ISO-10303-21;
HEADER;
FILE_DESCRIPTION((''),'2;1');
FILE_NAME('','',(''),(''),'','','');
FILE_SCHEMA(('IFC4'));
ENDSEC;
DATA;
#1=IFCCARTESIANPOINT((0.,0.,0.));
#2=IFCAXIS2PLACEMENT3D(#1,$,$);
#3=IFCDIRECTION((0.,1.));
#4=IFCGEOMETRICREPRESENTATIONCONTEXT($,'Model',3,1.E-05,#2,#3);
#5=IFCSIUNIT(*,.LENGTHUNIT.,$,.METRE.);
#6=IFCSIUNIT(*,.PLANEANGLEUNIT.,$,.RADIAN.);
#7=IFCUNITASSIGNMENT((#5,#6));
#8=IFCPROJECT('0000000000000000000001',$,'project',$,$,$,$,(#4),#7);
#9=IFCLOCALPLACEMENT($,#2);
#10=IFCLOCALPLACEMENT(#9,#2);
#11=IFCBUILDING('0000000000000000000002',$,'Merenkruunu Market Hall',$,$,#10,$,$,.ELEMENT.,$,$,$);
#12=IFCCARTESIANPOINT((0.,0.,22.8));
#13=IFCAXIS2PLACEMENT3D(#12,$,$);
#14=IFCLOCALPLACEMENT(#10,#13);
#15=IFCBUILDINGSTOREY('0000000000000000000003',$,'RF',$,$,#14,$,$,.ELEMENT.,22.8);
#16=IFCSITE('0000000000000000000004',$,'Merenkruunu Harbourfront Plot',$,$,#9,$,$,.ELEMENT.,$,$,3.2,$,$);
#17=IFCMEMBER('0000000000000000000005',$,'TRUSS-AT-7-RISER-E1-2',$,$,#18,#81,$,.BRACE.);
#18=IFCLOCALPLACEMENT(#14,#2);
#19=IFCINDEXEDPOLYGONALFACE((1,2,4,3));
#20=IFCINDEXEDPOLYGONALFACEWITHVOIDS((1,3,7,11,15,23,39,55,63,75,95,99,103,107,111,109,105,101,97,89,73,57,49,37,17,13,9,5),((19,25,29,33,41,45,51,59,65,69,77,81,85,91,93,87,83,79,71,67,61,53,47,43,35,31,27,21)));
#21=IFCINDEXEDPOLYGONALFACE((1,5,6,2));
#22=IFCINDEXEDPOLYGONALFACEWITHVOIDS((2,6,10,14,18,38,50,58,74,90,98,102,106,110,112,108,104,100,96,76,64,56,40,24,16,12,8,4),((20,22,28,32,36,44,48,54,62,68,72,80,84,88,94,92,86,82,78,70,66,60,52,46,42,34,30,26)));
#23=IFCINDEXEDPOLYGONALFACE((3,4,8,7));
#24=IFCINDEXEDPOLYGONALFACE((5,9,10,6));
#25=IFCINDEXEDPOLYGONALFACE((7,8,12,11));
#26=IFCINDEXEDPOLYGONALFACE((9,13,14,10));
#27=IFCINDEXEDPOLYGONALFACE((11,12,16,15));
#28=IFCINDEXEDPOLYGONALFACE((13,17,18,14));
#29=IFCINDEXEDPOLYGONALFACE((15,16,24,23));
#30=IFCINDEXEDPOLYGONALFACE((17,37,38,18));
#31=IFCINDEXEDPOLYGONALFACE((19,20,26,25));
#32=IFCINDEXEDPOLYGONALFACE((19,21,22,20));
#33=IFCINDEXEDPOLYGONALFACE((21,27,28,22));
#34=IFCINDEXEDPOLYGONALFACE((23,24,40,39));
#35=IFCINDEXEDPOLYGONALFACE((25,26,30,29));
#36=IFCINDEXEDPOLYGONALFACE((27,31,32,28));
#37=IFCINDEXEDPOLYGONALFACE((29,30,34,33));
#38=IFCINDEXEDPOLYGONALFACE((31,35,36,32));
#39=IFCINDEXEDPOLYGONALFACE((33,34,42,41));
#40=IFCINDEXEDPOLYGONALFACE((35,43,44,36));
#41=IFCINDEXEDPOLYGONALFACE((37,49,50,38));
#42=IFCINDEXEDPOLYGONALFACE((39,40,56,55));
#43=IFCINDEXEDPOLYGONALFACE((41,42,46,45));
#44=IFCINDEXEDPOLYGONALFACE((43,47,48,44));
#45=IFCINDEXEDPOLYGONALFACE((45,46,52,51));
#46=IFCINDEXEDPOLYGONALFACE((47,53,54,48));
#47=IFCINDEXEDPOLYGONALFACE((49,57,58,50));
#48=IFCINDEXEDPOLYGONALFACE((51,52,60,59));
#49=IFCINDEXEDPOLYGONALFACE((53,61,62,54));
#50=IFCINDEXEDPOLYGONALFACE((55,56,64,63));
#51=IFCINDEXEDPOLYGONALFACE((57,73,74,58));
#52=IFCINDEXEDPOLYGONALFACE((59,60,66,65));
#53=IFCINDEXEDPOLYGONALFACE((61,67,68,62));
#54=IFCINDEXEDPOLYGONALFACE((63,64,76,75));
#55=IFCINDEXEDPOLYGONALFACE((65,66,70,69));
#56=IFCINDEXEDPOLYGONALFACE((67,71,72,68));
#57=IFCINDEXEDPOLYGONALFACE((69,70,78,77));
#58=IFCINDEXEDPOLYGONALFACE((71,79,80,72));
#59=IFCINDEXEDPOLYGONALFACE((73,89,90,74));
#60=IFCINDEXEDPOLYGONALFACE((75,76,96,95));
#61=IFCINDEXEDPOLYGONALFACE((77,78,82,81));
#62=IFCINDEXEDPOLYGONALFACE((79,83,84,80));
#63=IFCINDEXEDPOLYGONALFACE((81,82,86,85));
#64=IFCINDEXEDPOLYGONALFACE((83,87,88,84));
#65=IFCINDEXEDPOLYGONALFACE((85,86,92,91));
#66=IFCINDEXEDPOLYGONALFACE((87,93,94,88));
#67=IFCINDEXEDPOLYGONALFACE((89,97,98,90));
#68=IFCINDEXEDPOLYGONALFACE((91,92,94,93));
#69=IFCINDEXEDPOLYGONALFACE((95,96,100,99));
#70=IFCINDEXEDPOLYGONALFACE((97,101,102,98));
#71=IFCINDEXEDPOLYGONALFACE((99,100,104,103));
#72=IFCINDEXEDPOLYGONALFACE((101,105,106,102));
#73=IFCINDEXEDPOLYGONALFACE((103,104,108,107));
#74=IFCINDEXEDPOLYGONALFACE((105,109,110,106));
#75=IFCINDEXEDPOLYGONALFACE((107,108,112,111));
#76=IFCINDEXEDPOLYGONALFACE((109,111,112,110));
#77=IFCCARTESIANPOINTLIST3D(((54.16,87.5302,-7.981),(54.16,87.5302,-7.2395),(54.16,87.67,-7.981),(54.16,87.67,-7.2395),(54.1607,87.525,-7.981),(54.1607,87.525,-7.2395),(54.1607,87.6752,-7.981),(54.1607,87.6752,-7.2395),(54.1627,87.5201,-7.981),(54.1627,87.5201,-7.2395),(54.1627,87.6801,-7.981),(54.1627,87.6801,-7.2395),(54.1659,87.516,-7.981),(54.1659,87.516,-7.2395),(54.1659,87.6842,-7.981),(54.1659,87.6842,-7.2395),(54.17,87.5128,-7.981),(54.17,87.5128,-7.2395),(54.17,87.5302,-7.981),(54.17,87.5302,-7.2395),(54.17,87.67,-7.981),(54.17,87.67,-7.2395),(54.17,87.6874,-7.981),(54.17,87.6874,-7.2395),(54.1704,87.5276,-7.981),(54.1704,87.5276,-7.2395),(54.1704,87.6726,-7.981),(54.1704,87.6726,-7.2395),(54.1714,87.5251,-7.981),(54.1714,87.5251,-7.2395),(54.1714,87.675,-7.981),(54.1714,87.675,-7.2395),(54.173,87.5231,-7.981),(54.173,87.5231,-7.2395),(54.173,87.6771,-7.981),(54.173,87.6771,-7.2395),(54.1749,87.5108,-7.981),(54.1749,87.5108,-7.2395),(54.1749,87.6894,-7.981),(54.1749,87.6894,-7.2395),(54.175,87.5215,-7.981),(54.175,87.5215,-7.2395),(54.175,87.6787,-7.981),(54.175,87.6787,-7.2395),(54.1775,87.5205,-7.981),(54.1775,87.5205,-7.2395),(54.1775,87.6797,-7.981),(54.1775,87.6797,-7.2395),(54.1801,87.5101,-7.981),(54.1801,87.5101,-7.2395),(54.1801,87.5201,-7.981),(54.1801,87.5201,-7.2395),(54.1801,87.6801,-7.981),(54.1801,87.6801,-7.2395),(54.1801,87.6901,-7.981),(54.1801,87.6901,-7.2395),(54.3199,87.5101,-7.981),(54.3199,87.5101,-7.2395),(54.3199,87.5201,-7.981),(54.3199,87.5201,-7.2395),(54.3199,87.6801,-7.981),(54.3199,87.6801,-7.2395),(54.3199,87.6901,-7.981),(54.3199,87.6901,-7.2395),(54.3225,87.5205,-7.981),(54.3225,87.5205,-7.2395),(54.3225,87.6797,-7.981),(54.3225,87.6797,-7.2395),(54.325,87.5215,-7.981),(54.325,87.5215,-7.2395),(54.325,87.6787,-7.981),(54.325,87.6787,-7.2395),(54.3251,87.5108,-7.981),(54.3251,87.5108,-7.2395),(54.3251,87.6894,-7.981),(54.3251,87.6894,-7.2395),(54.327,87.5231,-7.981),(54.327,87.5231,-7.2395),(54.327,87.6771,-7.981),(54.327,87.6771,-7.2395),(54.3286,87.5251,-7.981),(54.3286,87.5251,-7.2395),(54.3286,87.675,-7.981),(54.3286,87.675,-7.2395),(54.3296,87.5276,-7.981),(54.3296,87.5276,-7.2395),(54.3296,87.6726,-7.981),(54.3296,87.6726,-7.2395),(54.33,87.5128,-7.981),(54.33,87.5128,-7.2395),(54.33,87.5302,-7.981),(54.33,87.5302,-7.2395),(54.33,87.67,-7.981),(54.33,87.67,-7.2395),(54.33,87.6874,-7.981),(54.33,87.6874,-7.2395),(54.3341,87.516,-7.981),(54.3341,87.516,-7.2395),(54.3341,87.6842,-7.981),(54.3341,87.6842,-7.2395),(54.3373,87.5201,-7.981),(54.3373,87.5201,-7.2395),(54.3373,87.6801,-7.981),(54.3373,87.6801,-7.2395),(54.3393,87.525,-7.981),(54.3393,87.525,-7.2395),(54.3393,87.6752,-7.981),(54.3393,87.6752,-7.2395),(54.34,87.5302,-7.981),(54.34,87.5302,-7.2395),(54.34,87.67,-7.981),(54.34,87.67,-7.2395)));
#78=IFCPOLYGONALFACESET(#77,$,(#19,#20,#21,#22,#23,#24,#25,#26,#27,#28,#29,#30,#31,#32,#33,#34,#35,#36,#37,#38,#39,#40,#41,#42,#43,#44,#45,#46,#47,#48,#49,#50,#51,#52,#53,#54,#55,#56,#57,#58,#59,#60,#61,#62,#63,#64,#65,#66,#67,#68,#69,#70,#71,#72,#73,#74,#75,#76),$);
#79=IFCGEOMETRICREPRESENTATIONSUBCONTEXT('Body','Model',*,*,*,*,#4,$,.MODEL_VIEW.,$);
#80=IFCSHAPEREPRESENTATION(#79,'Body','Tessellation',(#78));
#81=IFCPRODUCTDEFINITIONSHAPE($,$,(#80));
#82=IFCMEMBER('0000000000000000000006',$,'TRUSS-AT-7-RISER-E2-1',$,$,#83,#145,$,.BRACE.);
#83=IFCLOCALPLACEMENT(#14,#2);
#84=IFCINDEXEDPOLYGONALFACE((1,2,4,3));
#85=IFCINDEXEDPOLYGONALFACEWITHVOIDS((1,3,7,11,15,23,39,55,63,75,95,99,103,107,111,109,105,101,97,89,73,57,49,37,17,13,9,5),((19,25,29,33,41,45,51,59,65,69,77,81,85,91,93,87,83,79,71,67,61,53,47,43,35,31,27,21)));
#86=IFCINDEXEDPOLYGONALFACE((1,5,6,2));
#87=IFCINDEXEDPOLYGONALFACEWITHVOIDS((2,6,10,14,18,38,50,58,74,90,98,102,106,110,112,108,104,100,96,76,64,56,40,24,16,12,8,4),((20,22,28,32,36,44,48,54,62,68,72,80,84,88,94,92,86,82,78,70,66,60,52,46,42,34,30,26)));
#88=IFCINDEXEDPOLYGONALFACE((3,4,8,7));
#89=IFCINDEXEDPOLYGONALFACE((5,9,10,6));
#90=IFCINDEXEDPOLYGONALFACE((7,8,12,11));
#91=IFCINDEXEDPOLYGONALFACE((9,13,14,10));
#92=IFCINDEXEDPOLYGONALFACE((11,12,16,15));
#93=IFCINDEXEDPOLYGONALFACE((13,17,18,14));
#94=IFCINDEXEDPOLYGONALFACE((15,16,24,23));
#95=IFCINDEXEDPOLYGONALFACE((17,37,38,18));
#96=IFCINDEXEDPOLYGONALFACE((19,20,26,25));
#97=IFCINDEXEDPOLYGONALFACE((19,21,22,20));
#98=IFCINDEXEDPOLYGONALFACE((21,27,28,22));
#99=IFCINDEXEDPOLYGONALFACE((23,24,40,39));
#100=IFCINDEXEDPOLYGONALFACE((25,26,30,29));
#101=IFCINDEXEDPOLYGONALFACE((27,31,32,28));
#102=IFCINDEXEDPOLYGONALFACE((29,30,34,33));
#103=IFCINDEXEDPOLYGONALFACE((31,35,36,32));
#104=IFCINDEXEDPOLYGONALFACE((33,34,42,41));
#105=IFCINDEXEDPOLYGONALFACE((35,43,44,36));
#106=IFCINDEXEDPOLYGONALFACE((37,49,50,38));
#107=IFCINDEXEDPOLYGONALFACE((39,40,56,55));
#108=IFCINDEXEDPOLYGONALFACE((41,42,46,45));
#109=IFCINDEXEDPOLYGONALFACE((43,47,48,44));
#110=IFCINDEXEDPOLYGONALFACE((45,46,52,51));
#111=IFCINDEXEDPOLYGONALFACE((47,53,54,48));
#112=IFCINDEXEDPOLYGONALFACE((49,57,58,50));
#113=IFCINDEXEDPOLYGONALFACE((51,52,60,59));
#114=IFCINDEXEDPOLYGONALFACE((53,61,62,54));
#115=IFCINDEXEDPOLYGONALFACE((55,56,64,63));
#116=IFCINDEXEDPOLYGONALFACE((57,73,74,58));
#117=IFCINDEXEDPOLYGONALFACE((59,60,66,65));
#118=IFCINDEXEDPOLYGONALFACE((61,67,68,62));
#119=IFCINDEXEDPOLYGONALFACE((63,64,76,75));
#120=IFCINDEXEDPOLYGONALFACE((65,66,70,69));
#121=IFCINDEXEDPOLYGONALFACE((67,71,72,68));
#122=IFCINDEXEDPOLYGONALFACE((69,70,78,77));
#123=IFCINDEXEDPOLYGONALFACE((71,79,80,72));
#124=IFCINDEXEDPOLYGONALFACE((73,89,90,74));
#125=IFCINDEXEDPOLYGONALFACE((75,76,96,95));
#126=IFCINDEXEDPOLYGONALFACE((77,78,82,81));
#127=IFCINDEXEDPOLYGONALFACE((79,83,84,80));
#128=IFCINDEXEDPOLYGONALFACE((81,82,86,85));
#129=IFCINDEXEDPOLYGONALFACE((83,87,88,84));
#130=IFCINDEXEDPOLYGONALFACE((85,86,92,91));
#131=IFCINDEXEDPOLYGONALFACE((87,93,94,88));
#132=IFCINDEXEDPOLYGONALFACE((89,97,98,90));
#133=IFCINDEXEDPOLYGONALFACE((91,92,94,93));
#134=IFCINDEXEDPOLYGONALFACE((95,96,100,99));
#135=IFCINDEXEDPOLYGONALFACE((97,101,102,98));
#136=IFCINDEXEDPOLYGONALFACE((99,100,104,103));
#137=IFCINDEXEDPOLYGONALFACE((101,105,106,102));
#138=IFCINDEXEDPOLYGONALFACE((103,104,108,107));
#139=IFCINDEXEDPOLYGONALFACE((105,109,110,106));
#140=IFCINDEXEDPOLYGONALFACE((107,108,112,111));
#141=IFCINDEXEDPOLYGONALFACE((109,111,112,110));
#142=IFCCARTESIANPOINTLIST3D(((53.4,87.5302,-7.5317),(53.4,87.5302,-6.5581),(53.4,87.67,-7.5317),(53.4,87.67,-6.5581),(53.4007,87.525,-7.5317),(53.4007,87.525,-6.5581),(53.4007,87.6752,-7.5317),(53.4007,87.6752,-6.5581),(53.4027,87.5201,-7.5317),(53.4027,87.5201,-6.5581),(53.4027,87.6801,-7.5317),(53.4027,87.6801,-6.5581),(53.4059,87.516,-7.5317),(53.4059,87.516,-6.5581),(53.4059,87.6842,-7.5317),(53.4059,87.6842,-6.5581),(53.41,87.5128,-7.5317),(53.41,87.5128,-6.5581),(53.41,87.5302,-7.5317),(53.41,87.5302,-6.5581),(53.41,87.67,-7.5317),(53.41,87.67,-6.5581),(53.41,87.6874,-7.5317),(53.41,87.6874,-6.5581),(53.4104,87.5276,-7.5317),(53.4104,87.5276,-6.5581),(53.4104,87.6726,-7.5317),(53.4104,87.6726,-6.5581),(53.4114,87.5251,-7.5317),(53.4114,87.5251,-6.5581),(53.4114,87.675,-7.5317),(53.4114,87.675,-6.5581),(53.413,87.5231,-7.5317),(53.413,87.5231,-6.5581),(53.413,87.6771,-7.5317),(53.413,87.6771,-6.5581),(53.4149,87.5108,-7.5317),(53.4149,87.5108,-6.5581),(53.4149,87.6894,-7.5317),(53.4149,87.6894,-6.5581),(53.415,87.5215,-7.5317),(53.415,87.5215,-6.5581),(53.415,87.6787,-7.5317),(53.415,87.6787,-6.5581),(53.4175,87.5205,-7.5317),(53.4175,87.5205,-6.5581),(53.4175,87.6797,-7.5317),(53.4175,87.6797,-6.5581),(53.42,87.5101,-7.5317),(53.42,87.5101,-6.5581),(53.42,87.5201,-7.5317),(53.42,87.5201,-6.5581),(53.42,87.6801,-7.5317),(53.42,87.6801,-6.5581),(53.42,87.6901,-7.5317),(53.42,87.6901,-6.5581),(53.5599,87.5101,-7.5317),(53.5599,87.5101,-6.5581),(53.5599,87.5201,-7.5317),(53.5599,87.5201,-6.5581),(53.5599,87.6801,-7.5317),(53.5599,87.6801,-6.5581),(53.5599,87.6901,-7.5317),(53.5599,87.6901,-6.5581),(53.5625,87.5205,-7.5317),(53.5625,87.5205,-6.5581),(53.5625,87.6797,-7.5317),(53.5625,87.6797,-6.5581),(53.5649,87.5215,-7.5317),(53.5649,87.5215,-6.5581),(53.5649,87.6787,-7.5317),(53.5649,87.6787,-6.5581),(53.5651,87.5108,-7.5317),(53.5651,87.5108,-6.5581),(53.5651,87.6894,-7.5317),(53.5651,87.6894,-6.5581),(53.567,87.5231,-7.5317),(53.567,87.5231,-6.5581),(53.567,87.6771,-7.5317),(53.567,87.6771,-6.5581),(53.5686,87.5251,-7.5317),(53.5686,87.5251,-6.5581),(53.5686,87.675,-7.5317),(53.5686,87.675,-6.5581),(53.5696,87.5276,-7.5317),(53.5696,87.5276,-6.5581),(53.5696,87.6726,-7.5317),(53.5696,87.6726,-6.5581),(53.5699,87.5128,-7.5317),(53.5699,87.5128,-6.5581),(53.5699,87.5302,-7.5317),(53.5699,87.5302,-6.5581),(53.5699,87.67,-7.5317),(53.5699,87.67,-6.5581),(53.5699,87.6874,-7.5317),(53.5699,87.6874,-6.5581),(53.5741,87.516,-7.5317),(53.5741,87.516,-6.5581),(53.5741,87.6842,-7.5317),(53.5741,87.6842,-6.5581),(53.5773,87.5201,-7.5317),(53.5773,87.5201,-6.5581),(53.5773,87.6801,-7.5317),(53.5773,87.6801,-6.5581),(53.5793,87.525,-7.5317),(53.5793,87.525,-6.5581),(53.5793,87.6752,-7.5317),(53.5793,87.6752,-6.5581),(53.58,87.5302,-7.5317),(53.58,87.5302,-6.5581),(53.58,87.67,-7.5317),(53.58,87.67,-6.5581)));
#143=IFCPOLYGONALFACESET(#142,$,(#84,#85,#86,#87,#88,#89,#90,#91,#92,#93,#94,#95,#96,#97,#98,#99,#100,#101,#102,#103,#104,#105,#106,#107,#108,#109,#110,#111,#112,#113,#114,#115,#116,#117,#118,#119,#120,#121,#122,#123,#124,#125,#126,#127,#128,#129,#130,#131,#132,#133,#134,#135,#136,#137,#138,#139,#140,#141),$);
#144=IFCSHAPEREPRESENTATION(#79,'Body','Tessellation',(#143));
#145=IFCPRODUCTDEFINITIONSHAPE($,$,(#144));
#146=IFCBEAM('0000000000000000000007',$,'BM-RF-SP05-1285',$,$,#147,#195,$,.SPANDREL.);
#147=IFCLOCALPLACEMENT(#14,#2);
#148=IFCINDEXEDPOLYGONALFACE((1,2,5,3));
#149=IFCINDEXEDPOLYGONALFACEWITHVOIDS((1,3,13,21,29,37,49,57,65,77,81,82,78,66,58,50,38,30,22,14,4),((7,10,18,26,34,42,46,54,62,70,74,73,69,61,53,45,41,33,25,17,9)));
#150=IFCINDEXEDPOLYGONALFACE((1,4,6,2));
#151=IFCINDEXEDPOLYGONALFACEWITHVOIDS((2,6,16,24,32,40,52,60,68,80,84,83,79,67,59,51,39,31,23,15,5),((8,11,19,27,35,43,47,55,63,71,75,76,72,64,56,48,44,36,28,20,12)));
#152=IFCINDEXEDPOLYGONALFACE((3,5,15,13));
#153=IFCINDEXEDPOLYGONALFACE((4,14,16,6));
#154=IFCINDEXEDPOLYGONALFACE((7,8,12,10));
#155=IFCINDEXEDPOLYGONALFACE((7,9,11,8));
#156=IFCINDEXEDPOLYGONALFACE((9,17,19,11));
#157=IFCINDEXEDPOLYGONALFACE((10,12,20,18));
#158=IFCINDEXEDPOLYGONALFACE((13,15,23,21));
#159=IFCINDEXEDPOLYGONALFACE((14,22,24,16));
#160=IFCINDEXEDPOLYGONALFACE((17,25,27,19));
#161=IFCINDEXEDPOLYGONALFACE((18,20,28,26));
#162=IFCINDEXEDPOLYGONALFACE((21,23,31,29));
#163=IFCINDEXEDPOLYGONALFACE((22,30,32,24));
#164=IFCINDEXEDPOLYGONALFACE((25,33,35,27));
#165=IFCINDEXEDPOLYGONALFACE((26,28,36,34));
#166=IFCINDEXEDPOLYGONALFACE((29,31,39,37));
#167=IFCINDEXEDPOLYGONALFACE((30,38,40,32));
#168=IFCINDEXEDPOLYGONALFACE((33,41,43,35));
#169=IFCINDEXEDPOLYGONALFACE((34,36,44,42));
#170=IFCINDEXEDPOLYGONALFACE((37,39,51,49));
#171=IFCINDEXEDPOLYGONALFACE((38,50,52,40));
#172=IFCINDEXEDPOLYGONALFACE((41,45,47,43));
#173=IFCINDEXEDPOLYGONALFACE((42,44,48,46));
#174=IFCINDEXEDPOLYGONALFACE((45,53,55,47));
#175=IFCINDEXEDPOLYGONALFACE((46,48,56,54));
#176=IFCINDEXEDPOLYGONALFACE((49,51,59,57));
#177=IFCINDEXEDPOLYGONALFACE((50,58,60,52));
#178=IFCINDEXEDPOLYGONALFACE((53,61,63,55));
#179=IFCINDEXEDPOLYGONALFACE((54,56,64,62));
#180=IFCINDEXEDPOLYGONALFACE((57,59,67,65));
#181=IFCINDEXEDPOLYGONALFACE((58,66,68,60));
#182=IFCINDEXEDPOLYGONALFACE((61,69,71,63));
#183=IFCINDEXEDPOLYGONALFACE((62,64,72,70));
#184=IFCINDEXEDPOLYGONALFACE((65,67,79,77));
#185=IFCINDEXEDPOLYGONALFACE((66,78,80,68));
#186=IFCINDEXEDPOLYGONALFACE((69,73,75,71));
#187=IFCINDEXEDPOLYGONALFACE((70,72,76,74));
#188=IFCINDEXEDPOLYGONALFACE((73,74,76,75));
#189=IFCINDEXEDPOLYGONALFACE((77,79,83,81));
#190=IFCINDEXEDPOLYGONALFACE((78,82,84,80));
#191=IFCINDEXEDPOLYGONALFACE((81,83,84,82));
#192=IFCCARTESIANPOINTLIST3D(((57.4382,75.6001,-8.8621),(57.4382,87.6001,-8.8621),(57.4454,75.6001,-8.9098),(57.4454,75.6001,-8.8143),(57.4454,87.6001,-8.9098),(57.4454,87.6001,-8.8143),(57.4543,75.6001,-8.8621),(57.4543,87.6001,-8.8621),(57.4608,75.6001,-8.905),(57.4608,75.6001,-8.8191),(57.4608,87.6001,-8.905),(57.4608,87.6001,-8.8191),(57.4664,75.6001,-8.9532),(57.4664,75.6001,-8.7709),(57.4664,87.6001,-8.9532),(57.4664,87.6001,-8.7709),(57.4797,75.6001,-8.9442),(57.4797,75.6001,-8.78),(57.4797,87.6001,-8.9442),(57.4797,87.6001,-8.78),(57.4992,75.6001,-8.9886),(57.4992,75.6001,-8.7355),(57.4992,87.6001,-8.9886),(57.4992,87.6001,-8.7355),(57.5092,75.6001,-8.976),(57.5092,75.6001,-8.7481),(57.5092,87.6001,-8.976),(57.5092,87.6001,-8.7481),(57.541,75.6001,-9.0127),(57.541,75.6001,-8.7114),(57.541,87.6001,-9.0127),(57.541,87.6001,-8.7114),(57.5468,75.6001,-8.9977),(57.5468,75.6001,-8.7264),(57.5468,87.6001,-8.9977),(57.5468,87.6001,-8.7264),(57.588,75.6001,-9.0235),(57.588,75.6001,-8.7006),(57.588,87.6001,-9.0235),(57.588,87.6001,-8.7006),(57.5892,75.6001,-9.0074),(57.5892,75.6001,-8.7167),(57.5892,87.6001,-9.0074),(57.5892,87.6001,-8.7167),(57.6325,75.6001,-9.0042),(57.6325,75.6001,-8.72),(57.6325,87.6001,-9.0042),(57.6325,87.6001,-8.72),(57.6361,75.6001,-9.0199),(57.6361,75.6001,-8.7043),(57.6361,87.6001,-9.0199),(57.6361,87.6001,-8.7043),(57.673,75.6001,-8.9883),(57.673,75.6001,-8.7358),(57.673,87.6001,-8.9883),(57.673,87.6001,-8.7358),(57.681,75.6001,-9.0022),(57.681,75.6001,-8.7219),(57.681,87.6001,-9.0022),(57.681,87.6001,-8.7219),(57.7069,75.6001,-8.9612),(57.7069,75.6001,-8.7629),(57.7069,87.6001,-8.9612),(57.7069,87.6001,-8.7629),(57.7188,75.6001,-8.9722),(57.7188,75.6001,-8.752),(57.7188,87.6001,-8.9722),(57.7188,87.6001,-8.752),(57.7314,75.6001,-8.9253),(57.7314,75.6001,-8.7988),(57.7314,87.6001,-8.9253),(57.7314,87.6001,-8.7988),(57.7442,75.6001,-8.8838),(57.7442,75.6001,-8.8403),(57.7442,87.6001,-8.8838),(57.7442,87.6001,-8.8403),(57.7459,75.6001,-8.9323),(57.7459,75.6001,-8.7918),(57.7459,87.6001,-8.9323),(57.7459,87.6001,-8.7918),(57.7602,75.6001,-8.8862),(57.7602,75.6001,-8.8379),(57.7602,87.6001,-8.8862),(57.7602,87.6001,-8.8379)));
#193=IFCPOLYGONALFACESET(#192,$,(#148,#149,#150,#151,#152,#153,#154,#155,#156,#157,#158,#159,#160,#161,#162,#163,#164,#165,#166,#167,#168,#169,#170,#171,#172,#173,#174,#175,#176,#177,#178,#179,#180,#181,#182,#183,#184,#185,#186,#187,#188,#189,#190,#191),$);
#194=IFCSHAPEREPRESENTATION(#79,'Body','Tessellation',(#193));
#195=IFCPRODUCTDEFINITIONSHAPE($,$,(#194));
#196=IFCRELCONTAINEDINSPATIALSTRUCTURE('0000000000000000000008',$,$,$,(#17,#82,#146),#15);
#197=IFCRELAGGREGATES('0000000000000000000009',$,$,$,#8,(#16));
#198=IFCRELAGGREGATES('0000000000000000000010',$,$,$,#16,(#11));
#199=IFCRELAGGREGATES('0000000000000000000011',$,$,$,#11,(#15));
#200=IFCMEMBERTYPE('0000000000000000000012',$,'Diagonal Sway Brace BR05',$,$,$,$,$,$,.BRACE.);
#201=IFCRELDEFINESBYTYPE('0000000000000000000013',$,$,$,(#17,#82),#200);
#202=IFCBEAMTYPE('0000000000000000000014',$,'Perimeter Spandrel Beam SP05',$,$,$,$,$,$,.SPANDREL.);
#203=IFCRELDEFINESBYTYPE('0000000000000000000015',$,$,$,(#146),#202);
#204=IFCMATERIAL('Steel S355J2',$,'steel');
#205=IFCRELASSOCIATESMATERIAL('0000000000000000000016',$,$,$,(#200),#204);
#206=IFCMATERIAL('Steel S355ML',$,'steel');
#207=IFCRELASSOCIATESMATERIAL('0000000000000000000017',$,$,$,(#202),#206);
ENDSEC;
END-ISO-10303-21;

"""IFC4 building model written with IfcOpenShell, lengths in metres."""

from ifc_helpers import new_model, si_unit, direction, frame, origin, origin_2d, place, context, subcontext, project, spatial, hollow_rectangle, hollow_circle, extrude, material, material_profile, profile_set, type_object, element, save


model = new_model("IFC4")

# Units and contexts
model_context = context("Model", 3, precision=1e-05, world=origin(), true_north=direction((0.0, 1.0)))
body_context = subcontext(model_context, "Body", "Model", "MODEL_VIEW")
ifc_project = project(units=[si_unit("LENGTHUNIT", "METRE"), si_unit("PLANEANGLEUNIT", "RADIAN")], contexts=[model_context])

# Site, building, storey
site_placement = place(None, origin())
site = spatial("IfcSite", under=ifc_project, at=site_placement, Name="Merenkruunu Harbourfront Plot", CompositionType="ELEMENT", RefElevation=3.2)
building_placement = place(site_placement, origin())
building = spatial("IfcBuilding", under=site, at=building_placement, Name="Merenkruunu Market Hall", CompositionType="ELEMENT")
storey_placement = place(building_placement, frame((0.0, 0.0, 22.8)))
storey = spatial("IfcBuildingStorey", under=building, at=storey_placement, Name="RF", CompositionType="ELEMENT", Elevation=22.8)

# Members
ifc_material_1 = material(Name="Steel S355J2", Category="steel")
ifc_material_profile_1 = material_profile(ifc_material_1, hollow_rectangle(XDim=0.1799, YDim=0.1799, WallThickness=0.01, InnerFilletRadius=0.01, OuterFilletRadius=0.02, at=origin_2d()), Name="SHS 180x180x10")
ifc_profile_set_1 = profile_set([ifc_material_profile_1], Name="Steel S355J2")
member_type_1 = type_object("IfcMemberType", Name="Diagonal Sway Brace BR05", PredefinedType="BRACE", material=ifc_profile_set_1)
member_1_placement = place(storey_placement, frame((54.25, 87.6001, -7.981), z_axis=(0.0, 0.0, 1.0), x_axis=(1.0, 0.0, 0.0)))
element("IfcMember", 1, at=member_1_placement, inside=storey, type_object=member_type_1, Name="TRUSS-AT-7-RISER-E1-2", PredefinedType="BRACE", context=body_context, shape_type="SweptSolid", body=[
    extrude(hollow_rectangle(XDim=0.1799, YDim=0.1799, WallThickness=0.01, InnerFilletRadius=0.01, OuterFilletRadius=0.02, at=origin_2d()), origin(), (0.0, 0.0, 1.0), 0.7415),
])
member_2_placement = place(storey_placement, frame((53.49, 87.6001, -7.5317), z_axis=(0.0, 0.0, 1.0), x_axis=(1.0, 0.0, 0.0)))
element("IfcMember", 2, at=member_2_placement, inside=storey, type_object=member_type_1, Name="TRUSS-AT-7-RISER-E2-1", PredefinedType="BRACE", context=body_context, shape_type="SweptSolid", body=[
    extrude(hollow_rectangle(XDim=0.1799, YDim=0.1799, WallThickness=0.01, InnerFilletRadius=0.01, OuterFilletRadius=0.02, at=origin_2d()), origin(), (0.0, 0.0, 1.0), 0.9736),
])

# Beam
ifc_material_2 = material(Name="Steel S355ML", Category="steel")
ifc_material_profile_2 = material_profile(ifc_material_2, hollow_circle(Radius=0.1619, WallThickness=0.0161, at=origin_2d()), Name="CHS 323.9x16")
ifc_profile_set_2 = profile_set([ifc_material_profile_2], Name="Steel S355ML")
beam_type = type_object("IfcBeamType", Name="Perimeter Spandrel Beam SP05", PredefinedType="SPANDREL", material=ifc_profile_set_2)
for number, where, z_axis, x_axis, name in (
    (3, (57.6001, 75.6001, -8.8621), (0.0, 1.0, 0.0), (-1.0, 0.0, 0.0), "BM-RF-SP05-1285"),
):
    element("IfcBeam", number, at=place(storey_placement, frame(where, z_axis=z_axis, x_axis=x_axis)), inside=storey, type_object=beam_type, Name=name, PredefinedType="SPANDREL", context=body_context, shape_type="SweptSolid", body=[
        extrude(hollow_circle(Radius=0.1619, WallThickness=0.0161, at=origin_2d()), origin(), (0.0, 0.0, 1.0), 12.0),
    ])

save(model, "model.ifc")
